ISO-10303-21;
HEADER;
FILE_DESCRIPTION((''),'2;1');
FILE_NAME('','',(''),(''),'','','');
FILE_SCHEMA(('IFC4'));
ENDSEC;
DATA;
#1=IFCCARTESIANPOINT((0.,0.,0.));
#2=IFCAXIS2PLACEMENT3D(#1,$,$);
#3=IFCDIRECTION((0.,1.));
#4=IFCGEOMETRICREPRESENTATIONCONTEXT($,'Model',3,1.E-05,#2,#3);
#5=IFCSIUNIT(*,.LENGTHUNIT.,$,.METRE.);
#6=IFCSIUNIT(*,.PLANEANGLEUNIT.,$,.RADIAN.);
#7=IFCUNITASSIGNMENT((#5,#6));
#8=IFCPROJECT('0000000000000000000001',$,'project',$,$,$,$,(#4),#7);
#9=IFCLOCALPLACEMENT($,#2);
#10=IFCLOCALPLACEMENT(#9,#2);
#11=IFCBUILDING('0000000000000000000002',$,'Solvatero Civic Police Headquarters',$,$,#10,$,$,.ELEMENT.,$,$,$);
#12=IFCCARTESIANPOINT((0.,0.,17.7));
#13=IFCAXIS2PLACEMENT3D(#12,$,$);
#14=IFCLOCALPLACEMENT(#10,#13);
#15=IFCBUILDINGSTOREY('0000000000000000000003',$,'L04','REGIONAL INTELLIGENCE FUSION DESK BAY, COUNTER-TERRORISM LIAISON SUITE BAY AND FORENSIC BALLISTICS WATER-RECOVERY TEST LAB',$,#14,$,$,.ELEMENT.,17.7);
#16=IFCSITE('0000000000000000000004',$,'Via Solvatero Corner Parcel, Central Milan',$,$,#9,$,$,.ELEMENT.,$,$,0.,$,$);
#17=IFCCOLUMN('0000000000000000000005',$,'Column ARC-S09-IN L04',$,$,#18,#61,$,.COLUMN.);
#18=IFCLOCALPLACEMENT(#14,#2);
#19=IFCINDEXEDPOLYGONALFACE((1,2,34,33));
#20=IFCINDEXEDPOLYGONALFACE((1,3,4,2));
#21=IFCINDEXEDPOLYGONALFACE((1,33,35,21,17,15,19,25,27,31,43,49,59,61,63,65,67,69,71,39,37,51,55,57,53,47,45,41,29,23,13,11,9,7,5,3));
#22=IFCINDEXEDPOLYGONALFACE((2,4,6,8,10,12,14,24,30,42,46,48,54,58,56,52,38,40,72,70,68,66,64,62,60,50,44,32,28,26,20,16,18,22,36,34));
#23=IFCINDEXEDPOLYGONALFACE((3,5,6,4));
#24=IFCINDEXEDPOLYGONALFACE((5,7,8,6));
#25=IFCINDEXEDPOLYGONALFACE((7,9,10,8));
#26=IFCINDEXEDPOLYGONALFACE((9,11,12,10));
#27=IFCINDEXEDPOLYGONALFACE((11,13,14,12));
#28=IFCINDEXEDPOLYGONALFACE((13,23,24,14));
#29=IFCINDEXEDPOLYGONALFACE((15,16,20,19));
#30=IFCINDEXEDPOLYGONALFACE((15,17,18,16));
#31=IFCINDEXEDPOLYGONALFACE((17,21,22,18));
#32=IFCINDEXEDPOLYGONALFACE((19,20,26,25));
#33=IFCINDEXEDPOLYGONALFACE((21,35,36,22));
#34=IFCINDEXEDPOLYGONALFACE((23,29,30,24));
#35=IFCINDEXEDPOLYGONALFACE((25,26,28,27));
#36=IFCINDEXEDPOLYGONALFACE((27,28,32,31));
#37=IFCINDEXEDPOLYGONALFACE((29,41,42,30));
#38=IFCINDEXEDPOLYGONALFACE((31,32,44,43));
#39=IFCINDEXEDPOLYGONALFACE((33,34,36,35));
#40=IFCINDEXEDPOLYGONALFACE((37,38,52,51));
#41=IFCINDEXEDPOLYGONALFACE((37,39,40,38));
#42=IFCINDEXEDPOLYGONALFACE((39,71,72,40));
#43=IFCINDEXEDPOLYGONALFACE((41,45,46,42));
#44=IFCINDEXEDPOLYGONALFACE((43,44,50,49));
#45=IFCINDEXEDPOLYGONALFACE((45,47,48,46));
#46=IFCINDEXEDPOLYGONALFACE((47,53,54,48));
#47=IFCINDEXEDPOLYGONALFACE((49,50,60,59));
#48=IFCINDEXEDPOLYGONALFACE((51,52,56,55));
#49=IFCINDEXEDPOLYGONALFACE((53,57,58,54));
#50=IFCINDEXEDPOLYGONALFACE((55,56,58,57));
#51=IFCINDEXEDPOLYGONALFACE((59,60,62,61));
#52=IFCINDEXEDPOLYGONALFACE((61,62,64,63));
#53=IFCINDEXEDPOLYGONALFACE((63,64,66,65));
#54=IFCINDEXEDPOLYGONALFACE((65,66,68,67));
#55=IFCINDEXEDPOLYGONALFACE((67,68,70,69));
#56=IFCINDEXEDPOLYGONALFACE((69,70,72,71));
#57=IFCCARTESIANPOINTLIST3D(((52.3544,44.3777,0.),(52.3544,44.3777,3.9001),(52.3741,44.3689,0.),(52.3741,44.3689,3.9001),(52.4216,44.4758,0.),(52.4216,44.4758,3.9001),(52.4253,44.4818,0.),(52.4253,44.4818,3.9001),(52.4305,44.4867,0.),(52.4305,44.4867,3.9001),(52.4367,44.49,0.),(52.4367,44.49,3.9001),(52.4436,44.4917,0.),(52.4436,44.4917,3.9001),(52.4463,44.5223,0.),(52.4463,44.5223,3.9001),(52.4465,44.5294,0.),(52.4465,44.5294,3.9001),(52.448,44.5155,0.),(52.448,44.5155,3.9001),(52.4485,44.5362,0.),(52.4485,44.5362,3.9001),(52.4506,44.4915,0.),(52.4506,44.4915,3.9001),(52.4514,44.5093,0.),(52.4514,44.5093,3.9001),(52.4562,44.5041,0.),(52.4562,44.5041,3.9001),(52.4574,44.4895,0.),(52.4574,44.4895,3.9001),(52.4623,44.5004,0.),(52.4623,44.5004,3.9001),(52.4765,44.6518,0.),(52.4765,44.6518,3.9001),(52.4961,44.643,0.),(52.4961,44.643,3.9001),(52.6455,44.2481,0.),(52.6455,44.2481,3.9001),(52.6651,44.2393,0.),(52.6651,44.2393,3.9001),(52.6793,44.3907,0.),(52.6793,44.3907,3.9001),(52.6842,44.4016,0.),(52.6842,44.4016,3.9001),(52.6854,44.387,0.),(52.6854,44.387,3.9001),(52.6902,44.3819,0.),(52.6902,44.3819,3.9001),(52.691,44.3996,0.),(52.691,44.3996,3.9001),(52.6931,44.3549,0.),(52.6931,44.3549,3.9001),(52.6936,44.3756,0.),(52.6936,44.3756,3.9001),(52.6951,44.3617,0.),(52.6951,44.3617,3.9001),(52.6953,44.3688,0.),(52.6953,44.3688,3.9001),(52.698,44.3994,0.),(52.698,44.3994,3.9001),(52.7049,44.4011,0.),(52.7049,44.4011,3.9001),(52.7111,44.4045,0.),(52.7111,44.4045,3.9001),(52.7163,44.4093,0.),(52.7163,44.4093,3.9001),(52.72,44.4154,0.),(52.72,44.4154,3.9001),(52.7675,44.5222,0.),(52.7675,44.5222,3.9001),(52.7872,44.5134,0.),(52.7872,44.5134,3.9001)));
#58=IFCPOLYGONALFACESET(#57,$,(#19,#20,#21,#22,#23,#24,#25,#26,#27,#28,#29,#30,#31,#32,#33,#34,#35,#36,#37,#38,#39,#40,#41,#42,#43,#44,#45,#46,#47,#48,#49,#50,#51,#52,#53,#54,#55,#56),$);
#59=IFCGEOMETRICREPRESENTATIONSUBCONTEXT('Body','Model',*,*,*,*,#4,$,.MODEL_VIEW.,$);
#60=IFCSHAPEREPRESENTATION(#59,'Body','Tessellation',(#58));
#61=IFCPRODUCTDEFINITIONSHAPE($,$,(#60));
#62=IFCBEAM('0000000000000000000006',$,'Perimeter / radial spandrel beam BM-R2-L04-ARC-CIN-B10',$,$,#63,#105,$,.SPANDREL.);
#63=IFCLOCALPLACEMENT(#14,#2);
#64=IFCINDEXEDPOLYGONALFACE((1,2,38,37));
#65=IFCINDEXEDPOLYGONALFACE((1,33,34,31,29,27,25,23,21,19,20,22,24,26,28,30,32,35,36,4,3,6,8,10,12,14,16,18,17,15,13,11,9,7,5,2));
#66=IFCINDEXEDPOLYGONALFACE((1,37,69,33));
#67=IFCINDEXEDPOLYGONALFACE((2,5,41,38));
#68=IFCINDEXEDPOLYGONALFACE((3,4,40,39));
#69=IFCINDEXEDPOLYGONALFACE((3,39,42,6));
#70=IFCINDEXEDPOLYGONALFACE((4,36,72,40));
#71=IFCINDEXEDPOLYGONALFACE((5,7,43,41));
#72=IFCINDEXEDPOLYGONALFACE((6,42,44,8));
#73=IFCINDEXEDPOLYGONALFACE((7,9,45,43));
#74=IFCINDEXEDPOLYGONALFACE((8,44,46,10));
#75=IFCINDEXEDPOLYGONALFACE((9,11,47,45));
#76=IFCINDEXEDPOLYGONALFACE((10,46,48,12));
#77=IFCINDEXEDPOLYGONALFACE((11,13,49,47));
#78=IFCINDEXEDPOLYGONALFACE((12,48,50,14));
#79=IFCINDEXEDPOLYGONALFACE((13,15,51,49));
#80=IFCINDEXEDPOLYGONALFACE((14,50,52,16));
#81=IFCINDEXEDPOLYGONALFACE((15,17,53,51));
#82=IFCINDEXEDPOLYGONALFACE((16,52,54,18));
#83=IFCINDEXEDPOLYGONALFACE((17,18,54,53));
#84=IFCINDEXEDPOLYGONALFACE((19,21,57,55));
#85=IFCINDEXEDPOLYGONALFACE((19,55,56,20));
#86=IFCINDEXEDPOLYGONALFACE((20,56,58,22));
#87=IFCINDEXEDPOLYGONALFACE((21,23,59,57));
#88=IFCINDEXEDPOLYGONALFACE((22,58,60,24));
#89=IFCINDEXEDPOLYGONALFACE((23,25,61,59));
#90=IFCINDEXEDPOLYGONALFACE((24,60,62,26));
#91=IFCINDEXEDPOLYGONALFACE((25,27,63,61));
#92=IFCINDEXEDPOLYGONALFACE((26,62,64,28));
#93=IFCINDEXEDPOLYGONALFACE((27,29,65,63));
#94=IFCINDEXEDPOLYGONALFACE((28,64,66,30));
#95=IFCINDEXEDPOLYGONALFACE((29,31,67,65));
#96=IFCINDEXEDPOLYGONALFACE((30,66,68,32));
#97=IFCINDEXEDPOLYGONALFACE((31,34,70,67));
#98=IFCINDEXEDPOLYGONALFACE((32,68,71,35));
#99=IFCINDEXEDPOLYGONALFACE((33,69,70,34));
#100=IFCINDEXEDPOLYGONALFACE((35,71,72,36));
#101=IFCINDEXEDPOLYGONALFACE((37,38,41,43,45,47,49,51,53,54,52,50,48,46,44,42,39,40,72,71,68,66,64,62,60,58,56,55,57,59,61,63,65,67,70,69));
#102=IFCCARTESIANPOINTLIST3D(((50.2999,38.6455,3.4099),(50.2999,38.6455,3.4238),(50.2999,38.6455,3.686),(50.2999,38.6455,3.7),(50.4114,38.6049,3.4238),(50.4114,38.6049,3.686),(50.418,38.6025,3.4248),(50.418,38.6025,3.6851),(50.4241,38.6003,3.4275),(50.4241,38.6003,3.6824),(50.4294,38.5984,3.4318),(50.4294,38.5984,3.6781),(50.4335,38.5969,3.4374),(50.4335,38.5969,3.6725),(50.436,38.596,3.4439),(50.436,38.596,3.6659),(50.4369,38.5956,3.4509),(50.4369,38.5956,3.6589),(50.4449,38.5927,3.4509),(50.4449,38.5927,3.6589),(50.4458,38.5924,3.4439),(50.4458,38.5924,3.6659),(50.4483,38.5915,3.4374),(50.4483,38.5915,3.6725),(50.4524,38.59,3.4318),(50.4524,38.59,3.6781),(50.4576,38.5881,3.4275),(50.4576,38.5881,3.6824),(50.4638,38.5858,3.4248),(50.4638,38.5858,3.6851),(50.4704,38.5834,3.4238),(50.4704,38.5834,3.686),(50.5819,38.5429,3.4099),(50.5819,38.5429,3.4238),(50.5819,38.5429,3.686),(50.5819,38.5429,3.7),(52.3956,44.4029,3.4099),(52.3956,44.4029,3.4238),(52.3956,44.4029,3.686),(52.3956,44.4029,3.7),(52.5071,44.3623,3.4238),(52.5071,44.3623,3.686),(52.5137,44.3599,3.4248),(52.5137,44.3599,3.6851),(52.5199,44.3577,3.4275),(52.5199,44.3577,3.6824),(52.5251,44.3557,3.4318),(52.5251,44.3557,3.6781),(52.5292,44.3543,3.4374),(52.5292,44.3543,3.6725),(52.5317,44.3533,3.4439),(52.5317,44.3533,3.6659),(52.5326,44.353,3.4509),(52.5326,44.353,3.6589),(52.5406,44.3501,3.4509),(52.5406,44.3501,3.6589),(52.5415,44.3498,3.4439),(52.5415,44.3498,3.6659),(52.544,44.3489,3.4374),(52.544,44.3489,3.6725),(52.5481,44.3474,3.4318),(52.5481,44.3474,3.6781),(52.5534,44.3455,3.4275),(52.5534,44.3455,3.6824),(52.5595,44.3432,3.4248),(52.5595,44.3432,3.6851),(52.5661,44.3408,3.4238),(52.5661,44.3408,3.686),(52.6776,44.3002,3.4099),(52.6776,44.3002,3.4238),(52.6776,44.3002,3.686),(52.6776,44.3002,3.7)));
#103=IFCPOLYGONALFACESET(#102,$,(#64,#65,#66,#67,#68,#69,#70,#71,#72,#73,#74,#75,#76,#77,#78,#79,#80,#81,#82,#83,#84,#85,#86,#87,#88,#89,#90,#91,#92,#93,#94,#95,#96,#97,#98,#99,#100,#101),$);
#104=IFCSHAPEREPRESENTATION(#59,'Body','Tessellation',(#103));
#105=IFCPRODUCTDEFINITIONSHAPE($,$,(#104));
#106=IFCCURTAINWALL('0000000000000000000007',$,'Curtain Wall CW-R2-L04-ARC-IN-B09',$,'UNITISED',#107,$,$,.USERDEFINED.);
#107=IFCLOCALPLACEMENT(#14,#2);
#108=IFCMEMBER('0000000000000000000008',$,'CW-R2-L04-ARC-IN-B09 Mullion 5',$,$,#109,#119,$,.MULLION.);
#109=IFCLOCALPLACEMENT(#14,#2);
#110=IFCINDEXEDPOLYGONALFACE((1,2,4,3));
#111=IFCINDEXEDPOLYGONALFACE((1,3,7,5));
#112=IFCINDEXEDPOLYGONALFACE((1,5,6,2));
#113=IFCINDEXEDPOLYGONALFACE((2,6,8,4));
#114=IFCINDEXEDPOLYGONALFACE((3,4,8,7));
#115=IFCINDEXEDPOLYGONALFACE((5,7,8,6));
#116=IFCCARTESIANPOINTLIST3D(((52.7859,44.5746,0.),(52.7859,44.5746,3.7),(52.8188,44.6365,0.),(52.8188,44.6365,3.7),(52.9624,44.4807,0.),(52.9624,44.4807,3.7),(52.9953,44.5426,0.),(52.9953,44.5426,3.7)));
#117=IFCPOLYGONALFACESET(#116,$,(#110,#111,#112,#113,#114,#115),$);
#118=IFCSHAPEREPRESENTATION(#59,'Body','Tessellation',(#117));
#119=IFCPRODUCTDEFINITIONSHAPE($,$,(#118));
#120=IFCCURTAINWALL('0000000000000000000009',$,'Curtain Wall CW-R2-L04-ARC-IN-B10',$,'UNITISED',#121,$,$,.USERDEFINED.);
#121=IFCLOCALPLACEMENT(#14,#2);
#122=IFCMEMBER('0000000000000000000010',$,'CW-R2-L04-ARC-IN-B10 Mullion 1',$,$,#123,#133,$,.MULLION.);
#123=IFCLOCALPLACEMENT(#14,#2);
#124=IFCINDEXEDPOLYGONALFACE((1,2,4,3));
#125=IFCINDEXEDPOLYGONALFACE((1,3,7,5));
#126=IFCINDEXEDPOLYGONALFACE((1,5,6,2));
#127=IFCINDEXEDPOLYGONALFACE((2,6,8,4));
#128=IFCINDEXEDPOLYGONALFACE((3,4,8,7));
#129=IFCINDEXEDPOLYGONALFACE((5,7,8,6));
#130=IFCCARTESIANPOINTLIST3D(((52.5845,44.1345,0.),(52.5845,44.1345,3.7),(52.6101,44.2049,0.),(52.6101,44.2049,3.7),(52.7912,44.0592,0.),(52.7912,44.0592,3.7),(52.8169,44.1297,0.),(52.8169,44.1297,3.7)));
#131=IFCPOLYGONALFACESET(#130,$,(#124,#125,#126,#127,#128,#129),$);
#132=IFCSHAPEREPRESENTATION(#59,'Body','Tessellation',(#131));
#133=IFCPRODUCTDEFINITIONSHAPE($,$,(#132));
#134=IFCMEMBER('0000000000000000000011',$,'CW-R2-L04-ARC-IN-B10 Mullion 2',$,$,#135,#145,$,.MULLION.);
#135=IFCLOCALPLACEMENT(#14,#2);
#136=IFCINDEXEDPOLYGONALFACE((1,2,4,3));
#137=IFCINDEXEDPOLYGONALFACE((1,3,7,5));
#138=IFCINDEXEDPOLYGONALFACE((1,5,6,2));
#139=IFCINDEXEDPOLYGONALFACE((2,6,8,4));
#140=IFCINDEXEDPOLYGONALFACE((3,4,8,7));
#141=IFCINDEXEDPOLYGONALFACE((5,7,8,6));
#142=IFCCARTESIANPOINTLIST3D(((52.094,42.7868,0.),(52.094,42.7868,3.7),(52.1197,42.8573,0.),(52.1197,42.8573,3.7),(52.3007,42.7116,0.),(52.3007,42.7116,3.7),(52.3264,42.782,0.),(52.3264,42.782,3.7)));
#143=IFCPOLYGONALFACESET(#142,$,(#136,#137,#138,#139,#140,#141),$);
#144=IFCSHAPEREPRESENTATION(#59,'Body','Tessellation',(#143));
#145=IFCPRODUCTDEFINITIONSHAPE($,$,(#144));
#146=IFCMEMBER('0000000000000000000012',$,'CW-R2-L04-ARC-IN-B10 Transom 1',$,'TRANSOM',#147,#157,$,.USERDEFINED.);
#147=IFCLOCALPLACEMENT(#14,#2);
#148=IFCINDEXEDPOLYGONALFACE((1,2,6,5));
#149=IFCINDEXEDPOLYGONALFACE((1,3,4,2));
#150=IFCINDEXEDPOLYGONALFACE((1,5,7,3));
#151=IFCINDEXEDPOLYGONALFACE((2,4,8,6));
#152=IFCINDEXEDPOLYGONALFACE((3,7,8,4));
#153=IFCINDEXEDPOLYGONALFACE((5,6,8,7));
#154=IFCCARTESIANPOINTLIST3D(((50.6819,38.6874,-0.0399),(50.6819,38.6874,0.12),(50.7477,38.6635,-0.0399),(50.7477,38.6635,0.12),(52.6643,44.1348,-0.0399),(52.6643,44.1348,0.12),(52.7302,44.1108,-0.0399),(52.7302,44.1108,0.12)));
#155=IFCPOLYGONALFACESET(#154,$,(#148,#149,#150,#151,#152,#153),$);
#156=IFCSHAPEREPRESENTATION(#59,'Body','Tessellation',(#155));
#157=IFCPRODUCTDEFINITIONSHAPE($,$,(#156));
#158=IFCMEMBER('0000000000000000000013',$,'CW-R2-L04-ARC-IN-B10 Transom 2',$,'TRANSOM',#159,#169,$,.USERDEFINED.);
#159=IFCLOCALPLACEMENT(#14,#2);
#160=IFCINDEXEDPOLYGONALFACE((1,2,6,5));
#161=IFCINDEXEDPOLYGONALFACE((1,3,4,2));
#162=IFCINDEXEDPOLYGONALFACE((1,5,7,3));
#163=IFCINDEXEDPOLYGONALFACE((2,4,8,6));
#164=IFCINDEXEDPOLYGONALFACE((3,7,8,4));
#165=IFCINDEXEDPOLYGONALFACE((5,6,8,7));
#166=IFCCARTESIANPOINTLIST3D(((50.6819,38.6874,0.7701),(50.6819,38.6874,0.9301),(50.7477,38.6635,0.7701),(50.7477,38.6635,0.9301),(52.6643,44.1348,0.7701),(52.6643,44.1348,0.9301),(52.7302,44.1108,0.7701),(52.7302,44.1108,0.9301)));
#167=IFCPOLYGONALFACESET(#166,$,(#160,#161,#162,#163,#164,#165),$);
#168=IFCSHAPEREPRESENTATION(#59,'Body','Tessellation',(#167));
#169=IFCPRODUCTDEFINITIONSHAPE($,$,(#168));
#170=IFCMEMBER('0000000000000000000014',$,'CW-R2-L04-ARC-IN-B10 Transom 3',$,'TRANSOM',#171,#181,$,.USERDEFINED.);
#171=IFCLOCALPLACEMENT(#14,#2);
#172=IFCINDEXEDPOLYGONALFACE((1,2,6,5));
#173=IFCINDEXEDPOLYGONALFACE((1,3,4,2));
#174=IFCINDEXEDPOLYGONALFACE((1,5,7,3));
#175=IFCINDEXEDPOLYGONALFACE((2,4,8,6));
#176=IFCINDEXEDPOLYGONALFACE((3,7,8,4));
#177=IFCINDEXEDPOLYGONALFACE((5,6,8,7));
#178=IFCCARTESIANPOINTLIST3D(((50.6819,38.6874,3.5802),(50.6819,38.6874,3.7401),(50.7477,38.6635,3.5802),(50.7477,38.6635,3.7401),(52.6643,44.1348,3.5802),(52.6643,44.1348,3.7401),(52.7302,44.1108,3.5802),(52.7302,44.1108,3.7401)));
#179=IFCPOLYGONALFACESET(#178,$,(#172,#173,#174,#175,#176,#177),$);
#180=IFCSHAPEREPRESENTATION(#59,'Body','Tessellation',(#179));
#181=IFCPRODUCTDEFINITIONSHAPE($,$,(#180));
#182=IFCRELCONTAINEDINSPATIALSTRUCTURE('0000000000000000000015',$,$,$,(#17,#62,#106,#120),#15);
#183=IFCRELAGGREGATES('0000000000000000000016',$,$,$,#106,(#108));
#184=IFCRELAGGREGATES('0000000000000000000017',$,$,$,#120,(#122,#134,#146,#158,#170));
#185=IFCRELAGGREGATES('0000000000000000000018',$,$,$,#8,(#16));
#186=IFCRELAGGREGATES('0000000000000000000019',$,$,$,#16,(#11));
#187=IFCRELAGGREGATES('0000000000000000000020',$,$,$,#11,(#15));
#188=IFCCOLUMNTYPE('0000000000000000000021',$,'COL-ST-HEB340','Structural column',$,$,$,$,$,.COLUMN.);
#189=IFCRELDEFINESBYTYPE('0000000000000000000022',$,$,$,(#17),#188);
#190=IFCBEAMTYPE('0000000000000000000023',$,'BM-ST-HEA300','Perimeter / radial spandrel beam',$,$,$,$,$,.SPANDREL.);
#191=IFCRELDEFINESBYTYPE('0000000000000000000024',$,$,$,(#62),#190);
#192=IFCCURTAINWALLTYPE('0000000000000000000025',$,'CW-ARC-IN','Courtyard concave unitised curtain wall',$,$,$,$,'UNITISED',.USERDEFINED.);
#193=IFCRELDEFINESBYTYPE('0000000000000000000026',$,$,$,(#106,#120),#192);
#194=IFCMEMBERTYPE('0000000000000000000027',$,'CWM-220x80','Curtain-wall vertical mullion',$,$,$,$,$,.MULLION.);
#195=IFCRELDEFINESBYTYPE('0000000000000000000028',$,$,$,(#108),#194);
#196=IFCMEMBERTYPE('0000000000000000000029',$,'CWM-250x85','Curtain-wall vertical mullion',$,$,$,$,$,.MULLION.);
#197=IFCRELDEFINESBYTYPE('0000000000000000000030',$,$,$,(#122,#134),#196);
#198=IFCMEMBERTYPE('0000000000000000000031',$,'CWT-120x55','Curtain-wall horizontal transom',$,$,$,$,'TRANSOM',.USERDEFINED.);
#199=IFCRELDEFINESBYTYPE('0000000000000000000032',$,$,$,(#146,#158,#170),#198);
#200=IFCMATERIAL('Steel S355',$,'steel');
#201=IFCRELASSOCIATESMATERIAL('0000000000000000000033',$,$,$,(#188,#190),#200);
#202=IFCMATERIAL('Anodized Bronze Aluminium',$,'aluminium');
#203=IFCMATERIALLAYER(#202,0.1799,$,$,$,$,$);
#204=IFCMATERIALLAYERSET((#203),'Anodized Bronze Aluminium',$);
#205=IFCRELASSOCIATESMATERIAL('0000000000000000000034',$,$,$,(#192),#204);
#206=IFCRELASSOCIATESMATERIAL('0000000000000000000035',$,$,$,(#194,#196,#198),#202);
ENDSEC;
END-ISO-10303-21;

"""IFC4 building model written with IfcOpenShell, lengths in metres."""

from ifc_helpers import new_model, si_unit, direction, frame, origin, origin_2d, place, context, subcontext, project, spatial, rectangle, i_section, extrude, material, layer, layer_set, material_profile, profile_set, type_object, element, aggregate, save


model = new_model("IFC4")

# Units and contexts
model_context = context("Model", 3, precision=1e-05, world=origin(), true_north=direction((0.0, 1.0)))
body_context = subcontext(model_context, "Body", "Model", "MODEL_VIEW")
ifc_project = project(units=[si_unit("LENGTHUNIT", "METRE"), si_unit("PLANEANGLEUNIT", "RADIAN")], contexts=[model_context])

# Site, building, storey
site_placement = place(None, origin())
site = spatial("IfcSite", under=ifc_project, at=site_placement, Name="Via Solvatero Corner Parcel, Central Milan", CompositionType="ELEMENT", RefElevation=0.0)
building_placement = place(site_placement, origin())
building = spatial("IfcBuilding", under=site, at=building_placement, Name="Solvatero Civic Police Headquarters", CompositionType="ELEMENT")
storey_placement = place(building_placement, frame((0.0, 0.0, 17.7)))
storey = spatial("IfcBuildingStorey", under=building, at=storey_placement, Name="L04", Description="REGIONAL INTELLIGENCE FUSION DESK BAY, COUNTER-TERRORISM LIAISON SUITE BAY AND FORENSIC BALLISTICS WATER-RECOVERY TEST LAB", CompositionType="ELEMENT", Elevation=17.7)

# Column
ifc_material_1 = material(Name="Steel S355", Category="steel")
ifc_material_profile_1 = material_profile(ifc_material_1, i_section(OverallWidth=0.3, OverallDepth=0.3401, WebThickness=0.012, FlangeThickness=0.0215, FilletRadius=0.0271, at=origin_2d()), Name="HEB 340")
ifc_profile_set_1 = profile_set([ifc_material_profile_1], Name="Steel S355")
column_type = type_object("IfcColumnType", Name="COL-ST-HEB340", Description="Structural column", PredefinedType="COLUMN", material=ifc_profile_set_1)
column_placement = place(storey_placement, frame((52.5708, 44.4456, 0.0), z_axis=(0.0, 0.0, 1.0), x_axis=(0.406737, 0.913545, 0.0)))
element("IfcColumn", 1, at=column_placement, inside=storey, type_object=column_type, Name="Column ARC-S09-IN L04", PredefinedType="COLUMN", context=body_context, shape_type="SweptSolid", body=[
    extrude(i_section(OverallWidth=0.3, OverallDepth=0.3401, WebThickness=0.012, FlangeThickness=0.0215, FilletRadius=0.0271, at=origin_2d()), origin(), (0.0, 0.0, 1.0), 3.9001),
])

# Beam
ifc_material_profile_2 = material_profile(ifc_material_1, i_section(OverallWidth=0.3, OverallDepth=0.29, WebThickness=0.0085, FlangeThickness=0.0139, FilletRadius=0.0271, at=origin_2d()), Name="HEA 300")
ifc_profile_set_2 = profile_set([ifc_material_profile_2], Name="Steel S355")
beam_type = type_object("IfcBeamType", Name="BM-ST-HEA300", Description="Perimeter / radial spandrel beam", PredefinedType="SPANDREL", material=ifc_profile_set_2)
beam_placement = place(storey_placement, frame((52.5366, 44.3516, 3.5549), z_axis=(-0.34205, -0.939682, 0.0), x_axis=(0.939682, -0.34205, 0.0)))
element("IfcBeam", 2, at=beam_placement, inside=storey, type_object=beam_type, Name="Perimeter / radial spandrel beam BM-R2-L04-ARC-CIN-B10", PredefinedType="SPANDREL", context=body_context, shape_type="SweptSolid", body=[
    extrude(i_section(OverallWidth=0.3, OverallDepth=0.29, WebThickness=0.0085, FlangeThickness=0.0139, FilletRadius=0.0271, at=origin_2d()), origin(), (0.0, 0.0, 1.0), 6.127),
])

# Curtain wall, member
ifc_material_2 = material(Name="Anodized Bronze Aluminium", Category="aluminium")
ifc_layer_1 = layer(ifc_material_2, 0.1799)
ifc_layer_set_1 = layer_set([ifc_layer_1], Name="Anodized Bronze Aluminium")
curtain_wall_type = type_object("IfcCurtainWallType", Name="CW-ARC-IN", Description="Courtyard concave unitised curtain wall", ElementType="UNITISED", PredefinedType="USERDEFINED", material=ifc_layer_set_1)
curtain_wall_1_placement = place(storey_placement, origin())
curtain_wall_1 = element("IfcCurtainWall", 3, at=curtain_wall_1_placement, inside=storey, type_object=curtain_wall_type, Name="Curtain Wall CW-R2-L04-ARC-IN-B09", ObjectType="UNITISED", PredefinedType="USERDEFINED")
ifc_material_profile_3 = material_profile(ifc_material_2, rectangle(XDim=0.0701, YDim=0.2, at=origin_2d()), Name="ALU MULLION 70x200")
ifc_profile_set_3 = profile_set([ifc_material_profile_3], Name="Anodized Bronze Aluminium")
member_type_1 = type_object("IfcMemberType", Name="CWM-220x80", Description="Curtain-wall vertical mullion", PredefinedType="MULLION", material=ifc_profile_set_3)
member_1_placement = place(storey_placement, frame((52.8906, 44.5586, 0.0), z_axis=(0.0, 0.0, 1.0), x_axis=(-0.469487, -0.882939, 0.0)))
member_1 = element("IfcMember", 4, at=member_1_placement, type_object=member_type_1, Name="CW-R2-L04-ARC-IN-B09 Mullion 5", PredefinedType="MULLION", context=body_context, shape_type="SweptSolid", body=[
    extrude(rectangle(XDim=0.0701, YDim=0.2, at=origin_2d()), origin(), (0.0, 0.0, 1.0), 3.7),
])

# Curtain wall, members
curtain_wall_2_placement = place(storey_placement, origin())
curtain_wall_2 = element("IfcCurtainWall", 5, at=curtain_wall_2_placement, inside=storey, type_object=curtain_wall_type, Name="Curtain Wall CW-R2-L04-ARC-IN-B10", ObjectType="UNITISED", PredefinedType="USERDEFINED")
ifc_material_profile_4 = material_profile(ifc_material_2, rectangle(XDim=0.075, YDim=0.22, at=origin_2d()), Name="ALU MULLION 75x220")
ifc_profile_set_4 = profile_set([ifc_material_profile_4], Name="Anodized Bronze Aluminium")
member_type_2 = type_object("IfcMemberType", Name="CWM-250x85", Description="Curtain-wall vertical mullion", PredefinedType="MULLION", material=ifc_profile_set_4)
member_2_placement = place(storey_placement, frame((52.7007, 44.1321, 0.0), z_axis=(0.0, 0.0, 1.0), x_axis=(-0.342004, -0.939699, 0.0)))
member_2 = element("IfcMember", 6, at=member_2_placement, type_object=member_type_2, Name="CW-R2-L04-ARC-IN-B10 Mullion 1", PredefinedType="MULLION", context=body_context, shape_type="SweptSolid", body=[
    extrude(rectangle(XDim=0.075, YDim=0.22, at=origin_2d()), origin(), (0.0, 0.0, 1.0), 3.7),
])
member_3_placement = place(storey_placement, frame((52.2102, 42.7844, 0.0), z_axis=(0.0, 0.0, 1.0), x_axis=(-0.342004, -0.939699, 0.0)))
member_3 = element("IfcMember", 7, at=member_3_placement, type_object=member_type_2, Name="CW-R2-L04-ARC-IN-B10 Mullion 2", PredefinedType="MULLION", context=body_context, shape_type="SweptSolid", body=[
    extrude(rectangle(XDim=0.075, YDim=0.22, at=origin_2d()), origin(), (0.0, 0.0, 1.0), 3.7),
])
ifc_material_profile_5 = material_profile(ifc_material_2, rectangle(XDim=0.0701, YDim=0.1599, at=origin_2d()), Name="ALU TRANSOM 70x160")
ifc_profile_set_5 = profile_set([ifc_material_profile_5], Name="Anodized Bronze Aluminium")
member_type_3 = type_object("IfcMemberType", Name="CWT-120x55", Description="Curtain-wall horizontal transom", ElementType="TRANSOM", PredefinedType="USERDEFINED", material=ifc_profile_set_5)
member_4_placement = place(storey_placement, frame((52.6973, 44.1228, 0.04), z_axis=(-0.341987, -0.939705, 0.0), x_axis=(0.939705, -0.341987, 0.0)))
member_4 = element("IfcMember", 8, at=member_4_placement, type_object=member_type_3, Name="CW-R2-L04-ARC-IN-B10 Transom 1", ObjectType="TRANSOM", PredefinedType="USERDEFINED", context=body_context, shape_type="SweptSolid", body=[
    extrude(rectangle(XDim=0.0701, YDim=0.1599, at=origin_2d()), origin(), (0.0, 0.0, 1.0), 5.7969),
])
member_5_placement = place(storey_placement, frame((52.6973, 44.1228, 0.8501), z_axis=(-0.341987, -0.939705, 0.0), x_axis=(0.939705, -0.341987, 0.0)))
member_5 = element("IfcMember", 9, at=member_5_placement, type_object=member_type_3, Name="CW-R2-L04-ARC-IN-B10 Transom 2", ObjectType="TRANSOM", PredefinedType="USERDEFINED", context=body_context, shape_type="SweptSolid", body=[
    extrude(rectangle(XDim=0.0701, YDim=0.1599, at=origin_2d()), origin(), (0.0, 0.0, 1.0), 5.7969),
])
member_6_placement = place(storey_placement, frame((52.6973, 44.1228, 3.6602), z_axis=(-0.341987, -0.939705, 0.0), x_axis=(0.939705, -0.341987, 0.0)))
member_6 = element("IfcMember", 10, at=member_6_placement, type_object=member_type_3, Name="CW-R2-L04-ARC-IN-B10 Transom 3", ObjectType="TRANSOM", PredefinedType="USERDEFINED", context=body_context, shape_type="SweptSolid", body=[
    extrude(rectangle(XDim=0.0701, YDim=0.1599, at=origin_2d()), origin(), (0.0, 0.0, 1.0), 5.7969),
])

aggregate(curtain_wall_1, [member_1])
aggregate(curtain_wall_2, [member_2, member_3, member_4, member_5, member_6])

save(model, "model.ifc")
